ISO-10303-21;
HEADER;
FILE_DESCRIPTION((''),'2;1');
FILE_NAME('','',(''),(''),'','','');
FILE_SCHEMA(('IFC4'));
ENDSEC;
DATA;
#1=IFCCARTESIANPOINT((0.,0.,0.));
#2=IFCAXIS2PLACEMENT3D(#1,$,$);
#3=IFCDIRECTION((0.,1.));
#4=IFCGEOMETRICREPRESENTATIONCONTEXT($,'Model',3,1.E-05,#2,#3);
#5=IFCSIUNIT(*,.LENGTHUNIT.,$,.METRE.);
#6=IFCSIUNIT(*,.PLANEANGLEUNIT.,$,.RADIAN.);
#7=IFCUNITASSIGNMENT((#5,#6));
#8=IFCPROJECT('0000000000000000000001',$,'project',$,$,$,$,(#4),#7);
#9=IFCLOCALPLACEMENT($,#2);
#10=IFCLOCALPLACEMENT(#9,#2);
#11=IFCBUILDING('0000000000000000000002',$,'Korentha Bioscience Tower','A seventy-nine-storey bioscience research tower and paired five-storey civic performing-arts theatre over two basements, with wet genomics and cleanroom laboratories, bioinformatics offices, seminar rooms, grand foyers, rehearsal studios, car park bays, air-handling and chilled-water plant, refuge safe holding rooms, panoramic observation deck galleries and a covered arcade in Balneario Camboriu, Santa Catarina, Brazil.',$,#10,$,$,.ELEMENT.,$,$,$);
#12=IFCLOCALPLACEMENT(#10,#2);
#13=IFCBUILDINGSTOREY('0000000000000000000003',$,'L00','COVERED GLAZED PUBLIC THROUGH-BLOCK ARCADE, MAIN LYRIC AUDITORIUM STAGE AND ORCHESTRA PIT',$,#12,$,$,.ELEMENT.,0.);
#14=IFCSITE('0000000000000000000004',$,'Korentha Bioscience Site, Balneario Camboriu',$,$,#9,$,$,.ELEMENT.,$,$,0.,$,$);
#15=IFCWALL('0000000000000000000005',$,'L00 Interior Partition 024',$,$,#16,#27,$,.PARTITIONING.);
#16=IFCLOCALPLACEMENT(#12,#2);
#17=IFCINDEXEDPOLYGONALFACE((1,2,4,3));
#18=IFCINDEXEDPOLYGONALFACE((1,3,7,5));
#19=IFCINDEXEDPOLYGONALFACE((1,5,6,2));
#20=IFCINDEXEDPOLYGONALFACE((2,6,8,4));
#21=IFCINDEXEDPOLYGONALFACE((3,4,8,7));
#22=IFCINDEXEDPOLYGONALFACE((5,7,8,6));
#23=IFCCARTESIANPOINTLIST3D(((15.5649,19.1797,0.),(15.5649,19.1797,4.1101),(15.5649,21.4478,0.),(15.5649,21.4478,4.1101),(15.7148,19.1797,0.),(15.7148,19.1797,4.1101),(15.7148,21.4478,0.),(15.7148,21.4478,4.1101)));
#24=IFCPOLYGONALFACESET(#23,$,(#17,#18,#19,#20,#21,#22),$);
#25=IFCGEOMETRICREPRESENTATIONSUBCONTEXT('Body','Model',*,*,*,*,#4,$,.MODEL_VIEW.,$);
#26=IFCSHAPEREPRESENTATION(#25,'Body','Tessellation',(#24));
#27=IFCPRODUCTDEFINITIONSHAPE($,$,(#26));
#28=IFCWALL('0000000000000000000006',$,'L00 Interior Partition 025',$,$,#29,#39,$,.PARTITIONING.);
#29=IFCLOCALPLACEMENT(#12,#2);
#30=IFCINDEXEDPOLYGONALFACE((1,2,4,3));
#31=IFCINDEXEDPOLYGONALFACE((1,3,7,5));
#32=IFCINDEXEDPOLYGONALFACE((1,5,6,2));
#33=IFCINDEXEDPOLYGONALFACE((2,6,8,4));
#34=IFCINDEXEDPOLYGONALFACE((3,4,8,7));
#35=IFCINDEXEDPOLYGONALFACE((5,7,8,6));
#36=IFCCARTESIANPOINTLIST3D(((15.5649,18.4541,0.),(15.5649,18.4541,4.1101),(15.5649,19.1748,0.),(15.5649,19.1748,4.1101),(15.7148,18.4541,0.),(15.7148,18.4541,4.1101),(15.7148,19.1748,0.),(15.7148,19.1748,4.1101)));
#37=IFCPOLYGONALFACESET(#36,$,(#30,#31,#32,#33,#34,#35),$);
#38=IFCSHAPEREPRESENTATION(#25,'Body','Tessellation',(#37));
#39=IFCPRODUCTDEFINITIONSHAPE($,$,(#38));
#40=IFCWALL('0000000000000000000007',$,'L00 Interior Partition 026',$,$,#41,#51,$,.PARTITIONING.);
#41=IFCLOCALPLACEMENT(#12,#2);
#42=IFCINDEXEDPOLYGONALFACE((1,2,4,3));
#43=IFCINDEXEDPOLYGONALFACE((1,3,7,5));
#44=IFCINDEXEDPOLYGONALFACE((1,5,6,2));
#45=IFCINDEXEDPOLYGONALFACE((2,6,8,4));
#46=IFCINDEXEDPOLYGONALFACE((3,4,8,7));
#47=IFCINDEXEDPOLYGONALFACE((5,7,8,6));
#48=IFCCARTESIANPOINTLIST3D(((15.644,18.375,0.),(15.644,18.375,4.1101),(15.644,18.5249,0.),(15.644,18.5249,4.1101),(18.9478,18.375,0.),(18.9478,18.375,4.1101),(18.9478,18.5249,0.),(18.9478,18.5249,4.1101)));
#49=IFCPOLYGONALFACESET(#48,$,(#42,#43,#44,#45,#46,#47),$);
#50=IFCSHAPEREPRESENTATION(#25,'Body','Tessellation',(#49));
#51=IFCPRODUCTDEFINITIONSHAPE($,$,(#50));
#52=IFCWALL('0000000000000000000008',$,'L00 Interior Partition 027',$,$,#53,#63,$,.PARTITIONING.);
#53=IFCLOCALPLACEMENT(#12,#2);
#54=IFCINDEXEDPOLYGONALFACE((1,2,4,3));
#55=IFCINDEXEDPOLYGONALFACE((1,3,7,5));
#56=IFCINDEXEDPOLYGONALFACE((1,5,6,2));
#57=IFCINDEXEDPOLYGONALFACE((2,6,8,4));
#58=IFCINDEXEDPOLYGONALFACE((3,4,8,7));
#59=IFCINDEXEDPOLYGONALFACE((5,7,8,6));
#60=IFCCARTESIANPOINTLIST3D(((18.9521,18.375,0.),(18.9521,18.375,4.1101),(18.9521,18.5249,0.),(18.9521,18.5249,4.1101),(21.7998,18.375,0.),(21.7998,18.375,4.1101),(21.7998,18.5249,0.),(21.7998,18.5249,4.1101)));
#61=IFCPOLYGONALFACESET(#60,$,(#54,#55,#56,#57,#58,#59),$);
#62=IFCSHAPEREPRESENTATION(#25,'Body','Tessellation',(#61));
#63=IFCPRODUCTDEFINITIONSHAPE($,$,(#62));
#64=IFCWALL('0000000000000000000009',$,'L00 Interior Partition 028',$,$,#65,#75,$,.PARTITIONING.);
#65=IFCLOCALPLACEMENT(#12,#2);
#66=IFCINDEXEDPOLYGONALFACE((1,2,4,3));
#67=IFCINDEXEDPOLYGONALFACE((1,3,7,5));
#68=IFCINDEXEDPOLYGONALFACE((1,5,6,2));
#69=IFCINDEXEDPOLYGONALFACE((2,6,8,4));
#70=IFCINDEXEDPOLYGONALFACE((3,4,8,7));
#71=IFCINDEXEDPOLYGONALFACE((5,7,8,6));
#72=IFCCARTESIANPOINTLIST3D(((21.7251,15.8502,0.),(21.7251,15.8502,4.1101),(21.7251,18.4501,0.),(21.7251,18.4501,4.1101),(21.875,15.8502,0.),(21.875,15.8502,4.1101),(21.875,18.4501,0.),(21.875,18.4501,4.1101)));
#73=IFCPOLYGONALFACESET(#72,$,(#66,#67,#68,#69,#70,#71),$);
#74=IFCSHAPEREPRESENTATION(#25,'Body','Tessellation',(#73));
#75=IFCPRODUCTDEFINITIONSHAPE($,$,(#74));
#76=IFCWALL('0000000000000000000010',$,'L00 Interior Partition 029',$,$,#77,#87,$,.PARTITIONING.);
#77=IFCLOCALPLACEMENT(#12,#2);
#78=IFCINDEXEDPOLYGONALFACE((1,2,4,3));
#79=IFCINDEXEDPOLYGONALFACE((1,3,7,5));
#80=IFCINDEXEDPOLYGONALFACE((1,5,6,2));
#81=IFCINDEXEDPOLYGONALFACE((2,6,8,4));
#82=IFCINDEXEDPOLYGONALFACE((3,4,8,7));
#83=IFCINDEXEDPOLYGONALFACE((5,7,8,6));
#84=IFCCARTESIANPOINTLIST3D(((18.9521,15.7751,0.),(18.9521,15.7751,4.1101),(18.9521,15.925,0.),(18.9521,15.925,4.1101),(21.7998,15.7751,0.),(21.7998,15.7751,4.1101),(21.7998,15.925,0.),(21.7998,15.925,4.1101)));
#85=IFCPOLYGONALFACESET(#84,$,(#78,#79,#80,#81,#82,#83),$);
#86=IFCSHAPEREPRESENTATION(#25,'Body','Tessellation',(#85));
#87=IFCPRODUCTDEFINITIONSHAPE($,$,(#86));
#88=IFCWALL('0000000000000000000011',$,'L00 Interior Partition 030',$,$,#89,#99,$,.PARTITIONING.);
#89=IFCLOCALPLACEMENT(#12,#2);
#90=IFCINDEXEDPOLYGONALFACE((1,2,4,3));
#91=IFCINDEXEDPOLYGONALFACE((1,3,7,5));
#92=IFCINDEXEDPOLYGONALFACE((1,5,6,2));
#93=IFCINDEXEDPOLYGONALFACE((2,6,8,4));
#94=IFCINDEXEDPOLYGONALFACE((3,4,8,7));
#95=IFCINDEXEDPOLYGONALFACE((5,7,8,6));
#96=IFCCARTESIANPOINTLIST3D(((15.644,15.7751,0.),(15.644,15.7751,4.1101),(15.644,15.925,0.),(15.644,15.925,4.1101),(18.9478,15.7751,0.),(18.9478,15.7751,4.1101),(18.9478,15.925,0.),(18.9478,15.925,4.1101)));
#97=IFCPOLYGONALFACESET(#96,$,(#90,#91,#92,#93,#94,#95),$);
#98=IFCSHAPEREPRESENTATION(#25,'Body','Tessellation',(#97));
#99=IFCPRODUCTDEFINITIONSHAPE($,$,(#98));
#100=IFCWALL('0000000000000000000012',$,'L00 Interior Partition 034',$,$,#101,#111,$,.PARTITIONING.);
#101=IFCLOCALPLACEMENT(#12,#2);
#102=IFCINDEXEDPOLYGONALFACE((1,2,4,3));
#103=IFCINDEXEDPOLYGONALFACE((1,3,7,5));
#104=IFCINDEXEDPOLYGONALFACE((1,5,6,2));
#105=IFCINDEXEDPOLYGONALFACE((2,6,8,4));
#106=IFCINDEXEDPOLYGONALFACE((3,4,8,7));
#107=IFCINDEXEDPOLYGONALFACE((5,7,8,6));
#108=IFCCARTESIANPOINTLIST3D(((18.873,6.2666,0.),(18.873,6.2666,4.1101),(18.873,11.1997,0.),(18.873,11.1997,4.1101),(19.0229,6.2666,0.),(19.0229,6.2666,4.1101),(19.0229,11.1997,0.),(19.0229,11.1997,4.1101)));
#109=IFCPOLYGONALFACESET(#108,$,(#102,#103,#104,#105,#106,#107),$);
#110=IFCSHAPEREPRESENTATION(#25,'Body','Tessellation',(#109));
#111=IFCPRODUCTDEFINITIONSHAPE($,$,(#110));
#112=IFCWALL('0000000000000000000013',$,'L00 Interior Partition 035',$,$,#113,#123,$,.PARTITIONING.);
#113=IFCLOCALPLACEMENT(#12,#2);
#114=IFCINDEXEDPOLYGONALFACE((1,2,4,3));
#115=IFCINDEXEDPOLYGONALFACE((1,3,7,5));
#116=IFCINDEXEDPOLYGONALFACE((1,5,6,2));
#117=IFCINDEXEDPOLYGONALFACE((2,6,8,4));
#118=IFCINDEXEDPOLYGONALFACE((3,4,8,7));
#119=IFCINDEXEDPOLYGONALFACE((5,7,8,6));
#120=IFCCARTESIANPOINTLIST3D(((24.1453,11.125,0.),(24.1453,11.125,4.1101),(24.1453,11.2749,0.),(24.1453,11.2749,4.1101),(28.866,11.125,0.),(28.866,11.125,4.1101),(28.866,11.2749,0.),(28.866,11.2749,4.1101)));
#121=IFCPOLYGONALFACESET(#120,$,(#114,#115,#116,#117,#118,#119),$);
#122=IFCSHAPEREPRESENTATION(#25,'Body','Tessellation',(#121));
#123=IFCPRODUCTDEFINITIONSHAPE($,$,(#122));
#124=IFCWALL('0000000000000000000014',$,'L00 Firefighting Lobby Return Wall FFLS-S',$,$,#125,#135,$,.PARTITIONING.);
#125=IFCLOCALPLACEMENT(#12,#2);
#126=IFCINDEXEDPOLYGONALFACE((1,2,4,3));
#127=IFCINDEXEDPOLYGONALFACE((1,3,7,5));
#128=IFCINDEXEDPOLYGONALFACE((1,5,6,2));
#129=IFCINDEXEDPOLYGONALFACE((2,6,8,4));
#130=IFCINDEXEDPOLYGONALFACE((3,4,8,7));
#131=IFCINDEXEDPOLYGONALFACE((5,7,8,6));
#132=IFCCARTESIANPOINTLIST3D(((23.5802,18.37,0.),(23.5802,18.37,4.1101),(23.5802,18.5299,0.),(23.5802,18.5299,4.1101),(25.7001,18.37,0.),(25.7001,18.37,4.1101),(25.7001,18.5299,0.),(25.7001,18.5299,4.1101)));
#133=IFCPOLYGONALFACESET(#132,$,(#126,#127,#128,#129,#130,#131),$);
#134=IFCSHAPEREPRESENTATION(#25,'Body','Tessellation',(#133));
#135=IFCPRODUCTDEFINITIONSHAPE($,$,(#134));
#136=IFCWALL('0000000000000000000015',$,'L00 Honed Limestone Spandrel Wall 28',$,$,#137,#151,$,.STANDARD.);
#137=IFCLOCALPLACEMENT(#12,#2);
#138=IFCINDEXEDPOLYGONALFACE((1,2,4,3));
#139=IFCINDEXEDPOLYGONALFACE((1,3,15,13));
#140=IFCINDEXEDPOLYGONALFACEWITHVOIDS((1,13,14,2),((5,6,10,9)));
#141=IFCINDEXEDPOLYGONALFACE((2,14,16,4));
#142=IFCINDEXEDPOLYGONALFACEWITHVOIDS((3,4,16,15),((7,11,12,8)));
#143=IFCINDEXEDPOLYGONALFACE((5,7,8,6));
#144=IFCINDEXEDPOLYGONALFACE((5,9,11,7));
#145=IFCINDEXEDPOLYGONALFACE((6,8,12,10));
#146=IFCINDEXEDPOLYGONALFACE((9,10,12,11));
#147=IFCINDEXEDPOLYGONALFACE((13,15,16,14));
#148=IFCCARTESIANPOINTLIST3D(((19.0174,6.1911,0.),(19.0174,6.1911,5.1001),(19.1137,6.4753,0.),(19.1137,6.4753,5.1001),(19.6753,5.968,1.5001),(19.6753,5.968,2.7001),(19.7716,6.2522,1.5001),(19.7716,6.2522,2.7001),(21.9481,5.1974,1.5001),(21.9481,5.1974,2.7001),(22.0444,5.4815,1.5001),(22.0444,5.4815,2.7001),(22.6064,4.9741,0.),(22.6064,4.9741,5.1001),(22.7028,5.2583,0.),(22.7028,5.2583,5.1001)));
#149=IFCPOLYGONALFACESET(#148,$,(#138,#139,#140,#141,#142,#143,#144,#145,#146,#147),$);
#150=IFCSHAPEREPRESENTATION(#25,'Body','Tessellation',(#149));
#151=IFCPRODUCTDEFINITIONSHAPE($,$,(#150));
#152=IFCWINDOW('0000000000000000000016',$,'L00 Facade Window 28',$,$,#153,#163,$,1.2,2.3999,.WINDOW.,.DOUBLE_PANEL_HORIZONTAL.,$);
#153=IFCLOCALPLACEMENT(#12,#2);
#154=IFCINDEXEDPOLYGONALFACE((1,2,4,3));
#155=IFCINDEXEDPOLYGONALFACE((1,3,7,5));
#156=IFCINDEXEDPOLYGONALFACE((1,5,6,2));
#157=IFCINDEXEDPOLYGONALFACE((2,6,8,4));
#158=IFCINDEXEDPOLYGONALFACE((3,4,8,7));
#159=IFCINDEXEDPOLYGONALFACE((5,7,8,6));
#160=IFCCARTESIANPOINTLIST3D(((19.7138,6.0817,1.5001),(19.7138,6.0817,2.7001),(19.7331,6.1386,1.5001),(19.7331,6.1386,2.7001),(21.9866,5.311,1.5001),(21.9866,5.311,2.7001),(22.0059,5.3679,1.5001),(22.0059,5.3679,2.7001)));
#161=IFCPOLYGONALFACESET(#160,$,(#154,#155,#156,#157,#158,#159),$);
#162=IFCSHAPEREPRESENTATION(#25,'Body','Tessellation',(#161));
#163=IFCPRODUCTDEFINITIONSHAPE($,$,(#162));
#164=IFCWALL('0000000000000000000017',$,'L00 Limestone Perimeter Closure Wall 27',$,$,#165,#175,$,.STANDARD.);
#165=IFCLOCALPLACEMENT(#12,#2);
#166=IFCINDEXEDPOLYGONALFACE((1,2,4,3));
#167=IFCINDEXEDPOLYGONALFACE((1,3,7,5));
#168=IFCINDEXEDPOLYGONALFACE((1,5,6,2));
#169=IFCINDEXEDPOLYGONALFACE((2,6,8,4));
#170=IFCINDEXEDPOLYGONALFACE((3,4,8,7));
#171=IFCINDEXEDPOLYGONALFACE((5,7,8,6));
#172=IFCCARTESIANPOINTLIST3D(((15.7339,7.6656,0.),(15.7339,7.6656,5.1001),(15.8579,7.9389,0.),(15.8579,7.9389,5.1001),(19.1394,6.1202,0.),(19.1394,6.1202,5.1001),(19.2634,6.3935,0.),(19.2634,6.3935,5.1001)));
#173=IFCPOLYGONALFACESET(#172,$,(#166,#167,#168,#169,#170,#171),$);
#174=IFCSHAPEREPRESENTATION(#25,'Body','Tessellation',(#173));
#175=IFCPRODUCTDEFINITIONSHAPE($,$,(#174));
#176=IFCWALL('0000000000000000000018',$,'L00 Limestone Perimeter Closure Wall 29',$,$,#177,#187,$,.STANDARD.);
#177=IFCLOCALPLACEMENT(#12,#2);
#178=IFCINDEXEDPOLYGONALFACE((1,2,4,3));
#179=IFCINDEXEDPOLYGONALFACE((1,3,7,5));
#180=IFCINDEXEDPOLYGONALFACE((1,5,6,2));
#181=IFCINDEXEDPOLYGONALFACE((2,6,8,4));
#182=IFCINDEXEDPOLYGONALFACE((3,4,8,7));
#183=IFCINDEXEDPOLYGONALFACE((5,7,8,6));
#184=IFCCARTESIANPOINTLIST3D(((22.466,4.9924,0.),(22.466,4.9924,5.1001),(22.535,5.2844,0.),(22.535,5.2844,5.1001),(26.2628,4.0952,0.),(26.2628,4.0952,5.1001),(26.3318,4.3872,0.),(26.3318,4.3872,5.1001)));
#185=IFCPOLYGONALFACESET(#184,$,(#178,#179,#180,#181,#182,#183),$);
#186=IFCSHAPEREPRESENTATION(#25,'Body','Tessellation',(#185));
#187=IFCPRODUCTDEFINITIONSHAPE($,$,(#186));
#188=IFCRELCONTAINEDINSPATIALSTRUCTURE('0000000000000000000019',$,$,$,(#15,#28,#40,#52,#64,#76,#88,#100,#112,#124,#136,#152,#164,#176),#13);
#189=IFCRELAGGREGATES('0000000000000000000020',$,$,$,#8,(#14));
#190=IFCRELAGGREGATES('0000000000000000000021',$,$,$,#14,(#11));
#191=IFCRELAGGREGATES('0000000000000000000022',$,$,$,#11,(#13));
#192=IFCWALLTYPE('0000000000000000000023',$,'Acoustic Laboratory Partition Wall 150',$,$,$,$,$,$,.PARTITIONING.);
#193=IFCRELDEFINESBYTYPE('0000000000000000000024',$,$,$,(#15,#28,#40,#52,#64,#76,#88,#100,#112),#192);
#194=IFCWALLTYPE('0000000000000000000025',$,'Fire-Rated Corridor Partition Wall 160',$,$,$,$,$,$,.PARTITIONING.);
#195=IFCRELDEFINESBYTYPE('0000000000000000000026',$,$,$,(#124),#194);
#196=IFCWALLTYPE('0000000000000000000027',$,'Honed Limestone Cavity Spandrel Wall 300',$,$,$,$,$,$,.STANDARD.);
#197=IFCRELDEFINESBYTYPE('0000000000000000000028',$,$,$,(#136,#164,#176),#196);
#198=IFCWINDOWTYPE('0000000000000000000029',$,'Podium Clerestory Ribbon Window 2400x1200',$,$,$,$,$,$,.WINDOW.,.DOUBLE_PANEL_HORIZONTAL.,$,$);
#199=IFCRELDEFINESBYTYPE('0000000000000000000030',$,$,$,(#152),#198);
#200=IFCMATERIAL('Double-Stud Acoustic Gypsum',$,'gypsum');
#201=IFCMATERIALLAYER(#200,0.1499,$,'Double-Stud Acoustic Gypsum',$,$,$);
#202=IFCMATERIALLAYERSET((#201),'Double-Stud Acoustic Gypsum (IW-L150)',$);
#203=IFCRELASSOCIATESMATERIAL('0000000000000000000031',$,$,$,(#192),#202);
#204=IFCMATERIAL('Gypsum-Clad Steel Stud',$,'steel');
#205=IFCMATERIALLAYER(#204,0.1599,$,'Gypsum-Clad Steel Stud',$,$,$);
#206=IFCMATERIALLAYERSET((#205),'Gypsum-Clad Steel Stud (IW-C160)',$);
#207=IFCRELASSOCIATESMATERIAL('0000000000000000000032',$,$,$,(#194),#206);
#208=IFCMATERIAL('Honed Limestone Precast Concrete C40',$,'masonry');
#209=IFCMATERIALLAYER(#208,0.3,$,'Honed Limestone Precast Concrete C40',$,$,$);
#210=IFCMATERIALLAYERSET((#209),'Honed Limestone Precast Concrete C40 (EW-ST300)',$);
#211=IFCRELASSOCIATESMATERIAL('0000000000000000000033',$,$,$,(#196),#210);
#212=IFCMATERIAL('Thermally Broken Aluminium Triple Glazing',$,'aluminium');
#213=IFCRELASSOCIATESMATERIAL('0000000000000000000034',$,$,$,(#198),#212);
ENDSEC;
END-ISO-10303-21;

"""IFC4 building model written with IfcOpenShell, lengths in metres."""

from ifc_helpers import new_model, si_unit, direction, frame, frame_2d, origin, place, context, subcontext, project, spatial, rectangle, extrude, material, layer, layer_set, type_object, element, fill, save


model = new_model("IFC4")

# Units and contexts
model_context = context("Model", 3, precision=1e-05, world=origin(), true_north=direction((0.0, 1.0)))
body_context = subcontext(model_context, "Body", "Model", "MODEL_VIEW")
ifc_project = project(units=[si_unit("LENGTHUNIT", "METRE"), si_unit("PLANEANGLEUNIT", "RADIAN")], contexts=[model_context])

# Site, building, storey
site_placement = place(None, origin())
site = spatial("IfcSite", under=ifc_project, at=site_placement, Name="Korentha Bioscience Site, Balneario Camboriu", CompositionType="ELEMENT", RefElevation=0.0)
building_placement = place(site_placement, origin())
building = spatial("IfcBuilding", under=site, at=building_placement, Name="Korentha Bioscience Tower", Description="A seventy-nine-storey bioscience research tower and paired five-storey civic performing-arts theatre over two basements, with wet genomics and cleanroom laboratories, bioinformatics offices, seminar rooms, grand foyers, rehearsal studios, car park bays, air-handling and chilled-water plant, refuge safe holding rooms, panoramic observation deck galleries and a covered arcade in Balneario Camboriu, Santa Catarina, Brazil.", CompositionType="ELEMENT")
storey_placement = place(building_placement, origin())
storey = spatial("IfcBuildingStorey", under=building, at=storey_placement, Name="L00", Description="COVERED GLAZED PUBLIC THROUGH-BLOCK ARCADE, MAIN LYRIC AUDITORIUM STAGE AND ORCHESTRA PIT", CompositionType="ELEMENT", Elevation=0.0)

# Shared definitions
ifc_material_1 = material(Name="Double-Stud Acoustic Gypsum", Category="gypsum")
ifc_layer_1 = layer(ifc_material_1, 0.1499, Name="Double-Stud Acoustic Gypsum")
ifc_layer_set_1 = layer_set([ifc_layer_1], Name="Double-Stud Acoustic Gypsum (IW-L150)")
wall_type_1 = type_object("IfcWallType", Name="Acoustic Laboratory Partition Wall 150", PredefinedType="PARTITIONING", material=ifc_layer_set_1)

# Walls
wall_1_placement = place(storey_placement, frame((15.6399, 21.4478, 0.0), z_axis=(0.0, 0.0, 1.0), x_axis=(0.0, -1.0, 0.0)))
element("IfcWall", 1, at=wall_1_placement, inside=storey, type_object=wall_type_1, Name="L00 Interior Partition 024", PredefinedType="PARTITIONING", context=body_context, shape_type="SweptSolid", body=[
    extrude(rectangle(XDim=2.2681, YDim=0.1499, at=frame_2d((1.134, 0.0))), origin(), (0.0, 0.0, 1.0), 4.1101),
])
wall_2_placement = place(storey_placement, frame((15.6399, 19.1748, 0.0), z_axis=(0.0, 0.0, 1.0), x_axis=(0.0, -1.0, 0.0)))
element("IfcWall", 2, at=wall_2_placement, inside=storey, type_object=wall_type_1, Name="L00 Interior Partition 025", PredefinedType="PARTITIONING", context=body_context, shape_type="SweptSolid", body=[
    extrude(rectangle(XDim=0.7207, YDim=0.1499, at=frame_2d((0.3604, 0.0))), origin(), (0.0, 0.0, 1.0), 4.1101),
])
wall_3_placement = place(storey_placement, frame((15.644, 18.45, 0.0), z_axis=(0.0, 0.0, 1.0), x_axis=(1.0, 0.0, 0.0)))
element("IfcWall", 3, at=wall_3_placement, inside=storey, type_object=wall_type_1, Name="L00 Interior Partition 026", PredefinedType="PARTITIONING", context=body_context, shape_type="SweptSolid", body=[
    extrude(rectangle(XDim=3.3037, YDim=0.1499, at=frame_2d((1.6519, 0.0))), origin(), (0.0, 0.0, 1.0), 4.1101),
])
wall_4_placement = place(storey_placement, frame((18.9521, 18.45, 0.0), z_axis=(0.0, 0.0, 1.0), x_axis=(1.0, 0.0, 0.0)))
element("IfcWall", 4, at=wall_4_placement, inside=storey, type_object=wall_type_1, Name="L00 Interior Partition 027", PredefinedType="PARTITIONING", context=body_context, shape_type="SweptSolid", body=[
    extrude(rectangle(XDim=2.8477, YDim=0.1499, at=frame_2d((1.4238, 0.0))), origin(), (0.0, 0.0, 1.0), 4.1101),
])
wall_5_placement = place(storey_placement, frame((21.8, 18.45, 0.0), z_axis=(0.0, 0.0, 1.0), x_axis=(0.0, -1.0, 0.0)))
element("IfcWall", 5, at=wall_5_placement, inside=storey, type_object=wall_type_1, Name="L00 Interior Partition 028", PredefinedType="PARTITIONING", context=body_context, shape_type="SweptSolid", body=[
    extrude(rectangle(XDim=2.5999, YDim=0.1499, at=frame_2d((1.2998, 0.0))), origin(), (0.0, 0.0, 1.0), 4.1101),
])
wall_6_placement = place(storey_placement, frame((21.7998, 15.8501, 0.0), z_axis=(0.0, 0.0, 1.0), x_axis=(-1.0, 0.0, 0.0)))
element("IfcWall", 6, at=wall_6_placement, inside=storey, type_object=wall_type_1, Name="L00 Interior Partition 029", PredefinedType="PARTITIONING", context=body_context, shape_type="SweptSolid", body=[
    extrude(rectangle(XDim=2.8477, YDim=0.1499, at=frame_2d((1.4238, 0.0))), origin(), (0.0, 0.0, 1.0), 4.1101),
])
wall_7_placement = place(storey_placement, frame((18.9478, 15.8501, 0.0), z_axis=(0.0, 0.0, 1.0), x_axis=(-1.0, 0.0, 0.0)))
element("IfcWall", 7, at=wall_7_placement, inside=storey, type_object=wall_type_1, Name="L00 Interior Partition 030", PredefinedType="PARTITIONING", context=body_context, shape_type="SweptSolid", body=[
    extrude(rectangle(XDim=3.3037, YDim=0.1499, at=frame_2d((1.6519, 0.0))), origin(), (0.0, 0.0, 1.0), 4.1101),
])
wall_8_placement = place(storey_placement, frame((18.948, 11.1997, 0.0), z_axis=(0.0, 0.0, 1.0), x_axis=(0.0, -1.0, 0.0)))
element("IfcWall", 8, at=wall_8_placement, inside=storey, type_object=wall_type_1, Name="L00 Interior Partition 034", PredefinedType="PARTITIONING", context=body_context, shape_type="SweptSolid", body=[
    extrude(rectangle(XDim=4.9331, YDim=0.1499, at=frame_2d((2.4666, 0.0))), origin(), (0.0, 0.0, 1.0), 4.1101),
])
wall_9_placement = place(storey_placement, frame((24.1453, 11.2, 0.0), z_axis=(0.0, 0.0, 1.0), x_axis=(1.0, 0.0, 0.0)))
element("IfcWall", 9, at=wall_9_placement, inside=storey, type_object=wall_type_1, Name="L00 Interior Partition 035", PredefinedType="PARTITIONING", context=body_context, shape_type="SweptSolid", body=[
    extrude(rectangle(XDim=4.7207, YDim=0.1499, at=frame_2d((2.3604, 0.0))), origin(), (0.0, 0.0, 1.0), 4.1101),
])

# Shared definitions
ifc_material_2 = material(Name="Gypsum-Clad Steel Stud", Category="steel")
ifc_layer_2 = layer(ifc_material_2, 0.1599, Name="Gypsum-Clad Steel Stud")
ifc_layer_set_2 = layer_set([ifc_layer_2], Name="Gypsum-Clad Steel Stud (IW-C160)")
wall_type_2 = type_object("IfcWallType", Name="Fire-Rated Corridor Partition Wall 160", PredefinedType="PARTITIONING", material=ifc_layer_set_2)

# Wall
wall_10_placement = place(storey_placement, frame((23.5801, 18.45, 0.0), z_axis=(0.0, 0.0, 1.0), x_axis=(1.0, 0.0, 0.0)))
element("IfcWall", 10, at=wall_10_placement, inside=storey, type_object=wall_type_2, Name="L00 Firefighting Lobby Return Wall FFLS-S", PredefinedType="PARTITIONING", context=body_context, shape_type="SweptSolid", body=[
    extrude(rectangle(XDim=2.1199, YDim=0.1599, at=frame_2d((1.0601, 0.0))), origin(), (0.0, 0.0, 1.0), 4.1101),
])

# Wall, opening, window
ifc_material_3 = material(Name="Honed Limestone Precast Concrete C40", Category="masonry")
ifc_layer_3 = layer(ifc_material_3, 0.3, Name="Honed Limestone Precast Concrete C40")
ifc_layer_set_3 = layer_set([ifc_layer_3], Name="Honed Limestone Precast Concrete C40 (EW-ST300)")
wall_type_3 = type_object("IfcWallType", Name="Honed Limestone Cavity Spandrel Wall 300", PredefinedType="STANDARD", material=ifc_layer_set_3)
wall_11_placement = place(storey_placement, frame((19.0654, 6.3333, 0.0), z_axis=(0.0, 0.0, 1.0), x_axis=(0.947034, -0.321132, 0.0)))
wall_11 = element("IfcWall", 11, at=wall_11_placement, inside=storey, type_object=wall_type_3, Name="L00 Honed Limestone Spandrel Wall 28", PredefinedType="STANDARD", context=body_context, shape_type="SweptSolid", body=[
    extrude(rectangle(XDim=3.7898, YDim=0.3, at=frame_2d((1.895, 0.0))), origin(), (0.0, 0.0, 1.0), 5.1001),
])
opening_1_placement = place(wall_11_placement, frame((0.6948, 0.0, 1.5)))
opening_1 = element("IfcOpeningElement", 12, at=opening_1_placement, cuts=wall_11, PredefinedType="OPENING", context=body_context, shape_type="SweptSolid", body=[
    extrude(rectangle(XDim=2.3999, YDim=1.2, at=frame_2d((1.2, 0.6001))), frame((0.0, 0.165, 0.0), z_axis=(0.0, -1.0, 0.0), x_axis=(1.0, 0.0, 0.0)), (0.0, 0.0, 1.0), 0.3298),
])
ifc_material_4 = material(Name="Thermally Broken Aluminium Triple Glazing", Category="aluminium")
window_type = type_object("IfcWindowType", Name="Podium Clerestory Ribbon Window 2400x1200", PartitioningType="DOUBLE_PANEL_HORIZONTAL", PredefinedType="WINDOW", material=ifc_material_4)
window_placement = place(opening_1_placement, origin())
window = element("IfcWindow", 13, at=window_placement, inside=storey, type_object=window_type, Name="L00 Facade Window 28", OverallHeight=1.2, OverallWidth=2.3999, PartitioningType="DOUBLE_PANEL_HORIZONTAL", PredefinedType="WINDOW", context=body_context, shape_type="SweptSolid", body=[
    extrude(rectangle(XDim=2.3999, YDim=1.2, at=frame_2d((1.2, 0.6001))), frame((0.0, 0.03, 0.0), z_axis=(0.0, -1.0, 0.0), x_axis=(1.0, 0.0, 0.0)), (0.0, 0.0, 1.0), 0.0601),
])
fill(opening_1, window)

# Walls
wall_12_placement = place(storey_placement, frame((15.7959, 7.8022, 0.0), z_axis=(0.0, 0.0, 1.0), x_axis=(0.910623, -0.413237, 0.0)))
element("IfcWall", 14, at=wall_12_placement, inside=storey, type_object=wall_type_3, Name="L00 Limestone Perimeter Closure Wall 27", PredefinedType="STANDARD", context=body_context, shape_type="SweptSolid", body=[
    extrude(rectangle(XDim=3.7397, YDim=0.3, at=frame_2d((1.8699, 0.0))), origin(), (0.0, 0.0, 1.0), 5.1001),
])
wall_13_placement = place(storey_placement, frame((22.5005, 5.1384, 0.0), z_axis=(0.0, 0.0, 1.0), x_axis=(0.973198, -0.22997, 0.0)))
element("IfcWall", 15, at=wall_13_placement, inside=storey, type_object=wall_type_3, Name="L00 Limestone Perimeter Closure Wall 29", PredefinedType="STANDARD", context=body_context, shape_type="SweptSolid", body=[
    extrude(rectangle(XDim=3.9014, YDim=0.3, at=frame_2d((1.9507, 0.0))), origin(), (0.0, 0.0, 1.0), 5.1001),
])

save(model, "model.ifc")
